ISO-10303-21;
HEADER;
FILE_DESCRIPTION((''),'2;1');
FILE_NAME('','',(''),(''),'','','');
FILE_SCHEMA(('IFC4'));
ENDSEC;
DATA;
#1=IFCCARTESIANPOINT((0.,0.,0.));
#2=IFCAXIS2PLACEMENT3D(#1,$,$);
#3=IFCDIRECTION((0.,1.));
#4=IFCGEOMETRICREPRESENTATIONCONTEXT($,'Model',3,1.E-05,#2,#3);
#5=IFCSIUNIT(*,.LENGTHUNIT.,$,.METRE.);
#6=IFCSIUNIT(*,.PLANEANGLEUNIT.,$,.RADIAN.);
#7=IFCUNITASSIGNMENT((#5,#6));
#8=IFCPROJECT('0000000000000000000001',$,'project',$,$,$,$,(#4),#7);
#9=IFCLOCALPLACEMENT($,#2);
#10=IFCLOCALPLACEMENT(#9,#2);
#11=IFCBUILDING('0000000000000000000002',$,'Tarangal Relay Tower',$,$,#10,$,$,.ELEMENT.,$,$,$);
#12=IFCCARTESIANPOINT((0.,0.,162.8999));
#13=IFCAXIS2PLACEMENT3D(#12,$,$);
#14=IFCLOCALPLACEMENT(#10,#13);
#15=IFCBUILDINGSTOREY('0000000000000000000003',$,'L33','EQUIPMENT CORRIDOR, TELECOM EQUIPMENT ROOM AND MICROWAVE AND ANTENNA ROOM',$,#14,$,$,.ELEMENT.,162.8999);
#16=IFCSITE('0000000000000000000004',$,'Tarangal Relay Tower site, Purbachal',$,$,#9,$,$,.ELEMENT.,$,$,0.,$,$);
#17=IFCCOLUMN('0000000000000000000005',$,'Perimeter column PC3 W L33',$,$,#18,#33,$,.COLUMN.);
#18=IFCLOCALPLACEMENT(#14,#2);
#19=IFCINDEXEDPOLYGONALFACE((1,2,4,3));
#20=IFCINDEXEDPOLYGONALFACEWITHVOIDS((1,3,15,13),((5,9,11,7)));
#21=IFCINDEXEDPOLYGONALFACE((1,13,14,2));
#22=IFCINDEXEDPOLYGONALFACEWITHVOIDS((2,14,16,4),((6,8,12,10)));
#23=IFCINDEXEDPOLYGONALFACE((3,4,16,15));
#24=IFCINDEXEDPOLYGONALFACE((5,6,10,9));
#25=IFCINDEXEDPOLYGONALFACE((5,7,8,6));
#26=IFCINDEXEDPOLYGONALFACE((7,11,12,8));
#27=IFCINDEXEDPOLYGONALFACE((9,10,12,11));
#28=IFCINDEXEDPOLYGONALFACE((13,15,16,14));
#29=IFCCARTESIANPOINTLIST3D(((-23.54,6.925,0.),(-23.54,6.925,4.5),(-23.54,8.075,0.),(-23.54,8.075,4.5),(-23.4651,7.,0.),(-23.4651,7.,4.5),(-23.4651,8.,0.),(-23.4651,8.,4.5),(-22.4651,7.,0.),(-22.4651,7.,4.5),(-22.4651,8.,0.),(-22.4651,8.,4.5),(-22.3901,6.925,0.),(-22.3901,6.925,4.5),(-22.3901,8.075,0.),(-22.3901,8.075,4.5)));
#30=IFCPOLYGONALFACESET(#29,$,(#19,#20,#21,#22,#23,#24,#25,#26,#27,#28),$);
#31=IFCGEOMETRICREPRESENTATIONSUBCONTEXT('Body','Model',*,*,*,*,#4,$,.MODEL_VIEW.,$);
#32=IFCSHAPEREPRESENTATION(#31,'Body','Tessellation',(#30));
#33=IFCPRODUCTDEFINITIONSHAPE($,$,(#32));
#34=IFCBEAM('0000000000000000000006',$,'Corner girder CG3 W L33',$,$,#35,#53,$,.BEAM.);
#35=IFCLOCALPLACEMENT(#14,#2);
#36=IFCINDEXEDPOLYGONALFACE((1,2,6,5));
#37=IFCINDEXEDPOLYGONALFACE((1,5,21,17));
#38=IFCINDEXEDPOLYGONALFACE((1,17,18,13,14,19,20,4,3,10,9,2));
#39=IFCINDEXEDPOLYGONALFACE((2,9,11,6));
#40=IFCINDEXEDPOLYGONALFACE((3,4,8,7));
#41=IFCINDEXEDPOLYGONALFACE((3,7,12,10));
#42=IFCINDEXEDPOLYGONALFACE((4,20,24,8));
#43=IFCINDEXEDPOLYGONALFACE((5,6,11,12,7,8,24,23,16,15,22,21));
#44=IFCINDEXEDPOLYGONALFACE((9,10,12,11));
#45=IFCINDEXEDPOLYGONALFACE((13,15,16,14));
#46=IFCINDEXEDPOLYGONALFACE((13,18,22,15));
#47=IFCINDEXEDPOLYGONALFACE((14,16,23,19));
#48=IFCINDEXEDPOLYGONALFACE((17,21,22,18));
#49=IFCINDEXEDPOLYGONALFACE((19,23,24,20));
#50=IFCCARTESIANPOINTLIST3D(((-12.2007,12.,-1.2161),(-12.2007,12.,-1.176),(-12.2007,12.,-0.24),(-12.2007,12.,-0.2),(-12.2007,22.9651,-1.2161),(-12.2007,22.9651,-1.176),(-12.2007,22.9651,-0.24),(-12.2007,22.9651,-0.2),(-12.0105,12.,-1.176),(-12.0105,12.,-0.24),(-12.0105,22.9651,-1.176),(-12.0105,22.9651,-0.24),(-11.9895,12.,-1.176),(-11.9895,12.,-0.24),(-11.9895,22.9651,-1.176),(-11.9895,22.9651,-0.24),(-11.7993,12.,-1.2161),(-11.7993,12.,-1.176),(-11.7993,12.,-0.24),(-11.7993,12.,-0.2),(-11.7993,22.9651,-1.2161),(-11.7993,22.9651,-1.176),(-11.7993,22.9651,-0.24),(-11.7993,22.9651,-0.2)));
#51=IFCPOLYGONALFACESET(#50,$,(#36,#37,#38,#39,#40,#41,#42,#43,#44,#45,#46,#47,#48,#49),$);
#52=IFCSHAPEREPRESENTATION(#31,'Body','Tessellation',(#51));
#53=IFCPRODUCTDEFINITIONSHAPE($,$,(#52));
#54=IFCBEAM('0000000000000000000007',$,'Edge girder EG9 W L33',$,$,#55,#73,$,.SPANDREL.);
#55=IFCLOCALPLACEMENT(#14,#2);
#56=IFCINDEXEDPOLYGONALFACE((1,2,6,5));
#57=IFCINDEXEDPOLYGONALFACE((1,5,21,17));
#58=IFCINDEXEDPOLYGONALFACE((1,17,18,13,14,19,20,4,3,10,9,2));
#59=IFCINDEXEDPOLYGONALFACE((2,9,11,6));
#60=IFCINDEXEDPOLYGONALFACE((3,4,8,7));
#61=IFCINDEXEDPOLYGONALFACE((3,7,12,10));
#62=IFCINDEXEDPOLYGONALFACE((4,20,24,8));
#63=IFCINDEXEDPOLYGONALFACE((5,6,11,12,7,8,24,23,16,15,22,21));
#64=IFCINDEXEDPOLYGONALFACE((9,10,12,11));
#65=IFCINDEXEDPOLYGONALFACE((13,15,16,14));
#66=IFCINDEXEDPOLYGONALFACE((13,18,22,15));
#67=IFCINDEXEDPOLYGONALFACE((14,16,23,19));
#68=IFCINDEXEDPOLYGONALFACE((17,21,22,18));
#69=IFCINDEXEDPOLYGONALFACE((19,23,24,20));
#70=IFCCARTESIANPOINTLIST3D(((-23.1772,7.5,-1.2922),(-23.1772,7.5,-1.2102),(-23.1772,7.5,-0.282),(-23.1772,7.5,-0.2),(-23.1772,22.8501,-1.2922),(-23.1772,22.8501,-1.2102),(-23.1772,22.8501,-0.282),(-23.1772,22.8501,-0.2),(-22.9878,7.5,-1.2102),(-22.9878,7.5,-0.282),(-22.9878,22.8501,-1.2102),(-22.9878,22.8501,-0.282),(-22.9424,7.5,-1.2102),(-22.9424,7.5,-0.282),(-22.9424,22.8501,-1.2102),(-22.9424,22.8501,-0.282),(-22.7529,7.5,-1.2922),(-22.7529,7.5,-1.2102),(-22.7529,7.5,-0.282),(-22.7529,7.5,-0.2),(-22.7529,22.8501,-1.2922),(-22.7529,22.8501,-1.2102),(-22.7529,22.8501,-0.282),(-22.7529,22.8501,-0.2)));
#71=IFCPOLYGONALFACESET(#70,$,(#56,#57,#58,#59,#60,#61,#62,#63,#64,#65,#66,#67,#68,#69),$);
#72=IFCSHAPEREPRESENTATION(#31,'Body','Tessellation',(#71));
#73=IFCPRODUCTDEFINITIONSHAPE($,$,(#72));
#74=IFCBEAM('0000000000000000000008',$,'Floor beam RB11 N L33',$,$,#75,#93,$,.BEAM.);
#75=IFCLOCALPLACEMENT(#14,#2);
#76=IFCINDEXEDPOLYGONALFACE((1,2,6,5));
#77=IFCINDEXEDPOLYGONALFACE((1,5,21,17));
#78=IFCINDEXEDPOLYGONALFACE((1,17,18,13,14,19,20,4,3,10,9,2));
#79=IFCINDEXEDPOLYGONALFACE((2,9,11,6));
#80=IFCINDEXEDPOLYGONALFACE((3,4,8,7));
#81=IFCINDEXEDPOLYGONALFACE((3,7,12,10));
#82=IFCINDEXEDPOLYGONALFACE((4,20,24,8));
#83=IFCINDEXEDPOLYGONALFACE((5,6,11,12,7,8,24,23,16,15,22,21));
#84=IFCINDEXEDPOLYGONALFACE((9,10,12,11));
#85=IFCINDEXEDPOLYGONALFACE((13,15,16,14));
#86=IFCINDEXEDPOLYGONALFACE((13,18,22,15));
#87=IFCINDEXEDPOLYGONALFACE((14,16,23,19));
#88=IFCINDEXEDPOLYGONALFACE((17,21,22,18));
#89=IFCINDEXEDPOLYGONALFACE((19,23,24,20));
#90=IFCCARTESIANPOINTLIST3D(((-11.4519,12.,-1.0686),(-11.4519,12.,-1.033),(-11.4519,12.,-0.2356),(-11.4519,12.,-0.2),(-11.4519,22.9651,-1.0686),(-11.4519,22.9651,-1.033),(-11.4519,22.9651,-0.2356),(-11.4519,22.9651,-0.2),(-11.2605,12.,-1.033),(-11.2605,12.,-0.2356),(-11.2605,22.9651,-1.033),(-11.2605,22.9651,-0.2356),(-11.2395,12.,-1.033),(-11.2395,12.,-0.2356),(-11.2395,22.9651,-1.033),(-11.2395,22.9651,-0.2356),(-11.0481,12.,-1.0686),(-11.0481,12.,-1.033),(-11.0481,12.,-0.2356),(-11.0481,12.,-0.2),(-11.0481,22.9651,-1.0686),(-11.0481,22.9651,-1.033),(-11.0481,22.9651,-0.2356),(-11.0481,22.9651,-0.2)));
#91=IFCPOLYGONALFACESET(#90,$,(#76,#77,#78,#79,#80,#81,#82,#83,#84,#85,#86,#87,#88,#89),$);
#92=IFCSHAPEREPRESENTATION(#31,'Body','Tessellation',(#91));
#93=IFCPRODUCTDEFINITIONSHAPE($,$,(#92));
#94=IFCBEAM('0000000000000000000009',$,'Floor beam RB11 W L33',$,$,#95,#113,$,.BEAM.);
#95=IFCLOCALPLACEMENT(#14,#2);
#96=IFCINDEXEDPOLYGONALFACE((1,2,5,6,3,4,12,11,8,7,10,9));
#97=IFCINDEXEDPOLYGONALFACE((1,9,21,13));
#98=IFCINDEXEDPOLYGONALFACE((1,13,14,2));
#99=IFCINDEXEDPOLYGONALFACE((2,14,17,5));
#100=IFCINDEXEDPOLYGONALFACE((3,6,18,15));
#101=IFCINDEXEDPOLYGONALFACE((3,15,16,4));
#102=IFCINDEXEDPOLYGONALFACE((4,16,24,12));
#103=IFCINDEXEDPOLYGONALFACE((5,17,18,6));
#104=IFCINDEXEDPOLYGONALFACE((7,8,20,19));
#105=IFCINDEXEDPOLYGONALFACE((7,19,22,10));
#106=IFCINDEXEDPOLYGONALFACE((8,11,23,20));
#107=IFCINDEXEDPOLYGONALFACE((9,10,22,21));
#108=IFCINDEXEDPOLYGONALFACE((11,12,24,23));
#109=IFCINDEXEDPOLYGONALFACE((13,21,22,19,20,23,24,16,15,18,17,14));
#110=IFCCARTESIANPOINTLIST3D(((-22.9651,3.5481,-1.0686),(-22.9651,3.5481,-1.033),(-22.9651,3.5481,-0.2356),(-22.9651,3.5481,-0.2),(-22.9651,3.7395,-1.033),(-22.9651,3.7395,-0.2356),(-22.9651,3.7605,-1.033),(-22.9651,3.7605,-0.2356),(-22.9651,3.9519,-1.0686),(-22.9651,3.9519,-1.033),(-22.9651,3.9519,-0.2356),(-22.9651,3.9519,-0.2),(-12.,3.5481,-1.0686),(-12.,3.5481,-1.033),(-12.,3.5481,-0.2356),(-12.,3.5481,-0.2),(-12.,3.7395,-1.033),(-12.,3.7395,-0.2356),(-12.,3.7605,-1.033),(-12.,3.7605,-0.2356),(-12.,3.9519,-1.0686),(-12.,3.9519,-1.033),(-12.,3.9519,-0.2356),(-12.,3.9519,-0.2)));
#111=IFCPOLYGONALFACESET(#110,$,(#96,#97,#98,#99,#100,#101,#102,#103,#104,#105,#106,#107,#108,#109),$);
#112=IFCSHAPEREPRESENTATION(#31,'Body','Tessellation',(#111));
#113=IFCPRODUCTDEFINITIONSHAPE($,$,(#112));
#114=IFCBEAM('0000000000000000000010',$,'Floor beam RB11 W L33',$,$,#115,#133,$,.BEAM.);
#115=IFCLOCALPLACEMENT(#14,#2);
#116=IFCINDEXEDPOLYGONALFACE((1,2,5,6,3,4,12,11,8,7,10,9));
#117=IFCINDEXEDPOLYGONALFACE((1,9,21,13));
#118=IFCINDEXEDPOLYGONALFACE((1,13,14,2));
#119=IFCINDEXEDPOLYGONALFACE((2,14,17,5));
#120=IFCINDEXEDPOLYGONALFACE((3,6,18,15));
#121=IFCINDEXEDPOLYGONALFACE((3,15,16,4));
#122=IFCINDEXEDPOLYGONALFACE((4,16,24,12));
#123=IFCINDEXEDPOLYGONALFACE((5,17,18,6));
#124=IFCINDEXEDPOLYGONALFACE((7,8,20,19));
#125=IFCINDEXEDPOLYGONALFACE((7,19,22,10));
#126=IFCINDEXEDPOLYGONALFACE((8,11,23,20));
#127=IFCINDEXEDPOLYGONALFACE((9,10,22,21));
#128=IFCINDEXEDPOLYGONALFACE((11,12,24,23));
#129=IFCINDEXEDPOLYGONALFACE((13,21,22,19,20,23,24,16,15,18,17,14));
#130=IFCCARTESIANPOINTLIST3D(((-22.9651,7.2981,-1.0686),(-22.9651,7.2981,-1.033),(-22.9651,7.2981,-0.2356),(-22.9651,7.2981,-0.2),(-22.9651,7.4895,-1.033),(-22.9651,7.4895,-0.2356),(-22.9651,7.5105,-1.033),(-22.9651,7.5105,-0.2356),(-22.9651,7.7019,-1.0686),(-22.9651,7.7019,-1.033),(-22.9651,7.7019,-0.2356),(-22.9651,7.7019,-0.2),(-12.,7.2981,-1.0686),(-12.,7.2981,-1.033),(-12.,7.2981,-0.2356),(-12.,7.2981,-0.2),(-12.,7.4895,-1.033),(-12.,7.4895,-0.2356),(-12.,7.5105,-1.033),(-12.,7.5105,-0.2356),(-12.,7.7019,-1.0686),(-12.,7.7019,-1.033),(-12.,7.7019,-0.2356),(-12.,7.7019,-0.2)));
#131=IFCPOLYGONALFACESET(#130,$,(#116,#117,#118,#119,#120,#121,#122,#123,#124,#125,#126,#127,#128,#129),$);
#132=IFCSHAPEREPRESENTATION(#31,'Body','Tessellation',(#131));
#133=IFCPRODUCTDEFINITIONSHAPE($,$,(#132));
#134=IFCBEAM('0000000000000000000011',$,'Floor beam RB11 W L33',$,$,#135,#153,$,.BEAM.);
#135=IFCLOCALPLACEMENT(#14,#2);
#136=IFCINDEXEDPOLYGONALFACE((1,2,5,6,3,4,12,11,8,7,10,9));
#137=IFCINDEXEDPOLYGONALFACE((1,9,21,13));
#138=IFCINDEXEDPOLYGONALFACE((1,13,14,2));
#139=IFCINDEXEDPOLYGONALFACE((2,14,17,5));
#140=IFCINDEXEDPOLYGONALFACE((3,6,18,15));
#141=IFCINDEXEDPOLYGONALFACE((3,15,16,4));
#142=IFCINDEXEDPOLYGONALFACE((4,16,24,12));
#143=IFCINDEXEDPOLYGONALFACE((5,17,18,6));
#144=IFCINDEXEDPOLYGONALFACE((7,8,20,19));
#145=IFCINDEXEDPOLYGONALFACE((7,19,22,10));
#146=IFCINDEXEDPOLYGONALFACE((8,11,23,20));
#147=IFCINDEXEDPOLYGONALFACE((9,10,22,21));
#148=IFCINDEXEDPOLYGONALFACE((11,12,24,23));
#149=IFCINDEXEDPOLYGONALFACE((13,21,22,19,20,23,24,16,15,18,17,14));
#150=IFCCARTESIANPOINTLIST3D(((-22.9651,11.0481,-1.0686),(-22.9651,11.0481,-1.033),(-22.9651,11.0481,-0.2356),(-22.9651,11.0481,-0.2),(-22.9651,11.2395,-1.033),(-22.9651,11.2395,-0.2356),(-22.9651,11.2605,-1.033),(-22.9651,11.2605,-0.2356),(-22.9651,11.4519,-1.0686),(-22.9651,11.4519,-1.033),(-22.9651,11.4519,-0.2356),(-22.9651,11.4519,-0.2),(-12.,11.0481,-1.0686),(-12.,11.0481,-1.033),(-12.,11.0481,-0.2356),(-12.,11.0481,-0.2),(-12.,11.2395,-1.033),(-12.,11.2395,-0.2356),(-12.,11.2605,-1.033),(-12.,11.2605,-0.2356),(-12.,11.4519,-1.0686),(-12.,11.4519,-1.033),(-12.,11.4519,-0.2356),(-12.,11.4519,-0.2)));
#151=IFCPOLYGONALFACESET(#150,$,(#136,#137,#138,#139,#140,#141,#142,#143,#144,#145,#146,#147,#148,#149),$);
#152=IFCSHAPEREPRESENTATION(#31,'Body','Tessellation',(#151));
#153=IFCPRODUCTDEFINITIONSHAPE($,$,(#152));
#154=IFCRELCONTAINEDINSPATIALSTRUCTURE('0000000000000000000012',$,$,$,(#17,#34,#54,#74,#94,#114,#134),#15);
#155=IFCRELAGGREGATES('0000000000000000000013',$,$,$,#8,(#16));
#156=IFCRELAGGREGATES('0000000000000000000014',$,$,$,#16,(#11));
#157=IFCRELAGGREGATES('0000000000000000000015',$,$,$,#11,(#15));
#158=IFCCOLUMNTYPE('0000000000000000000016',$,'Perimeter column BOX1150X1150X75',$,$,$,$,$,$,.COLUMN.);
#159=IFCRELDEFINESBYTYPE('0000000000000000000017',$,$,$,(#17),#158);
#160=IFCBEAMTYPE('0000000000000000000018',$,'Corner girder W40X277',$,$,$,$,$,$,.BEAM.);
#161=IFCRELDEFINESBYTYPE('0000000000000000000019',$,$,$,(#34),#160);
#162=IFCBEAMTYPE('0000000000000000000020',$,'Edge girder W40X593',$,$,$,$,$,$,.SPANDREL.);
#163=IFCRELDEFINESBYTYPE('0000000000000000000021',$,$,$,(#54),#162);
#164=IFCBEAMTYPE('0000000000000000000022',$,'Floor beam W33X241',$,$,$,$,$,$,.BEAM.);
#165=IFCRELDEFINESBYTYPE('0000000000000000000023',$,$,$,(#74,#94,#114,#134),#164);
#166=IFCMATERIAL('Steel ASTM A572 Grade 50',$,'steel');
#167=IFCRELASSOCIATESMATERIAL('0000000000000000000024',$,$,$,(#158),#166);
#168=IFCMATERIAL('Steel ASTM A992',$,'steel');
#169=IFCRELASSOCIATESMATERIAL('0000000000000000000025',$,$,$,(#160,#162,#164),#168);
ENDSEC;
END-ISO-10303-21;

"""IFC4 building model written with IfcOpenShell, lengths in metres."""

from ifc_helpers import new_model, si_unit, direction, frame, origin, origin_2d, place, context, subcontext, project, spatial, hollow_rectangle, i_section, extrude, material, material_profile, profile_set, type_object, element, save


model = new_model("IFC4")

# Units and contexts
model_context = context("Model", 3, precision=1e-05, world=origin(), true_north=direction((0.0, 1.0)))
body_context = subcontext(model_context, "Body", "Model", "MODEL_VIEW")
ifc_project = project(units=[si_unit("LENGTHUNIT", "METRE"), si_unit("PLANEANGLEUNIT", "RADIAN")], contexts=[model_context])

# Site, building, storey
site_placement = place(None, origin())
site = spatial("IfcSite", under=ifc_project, at=site_placement, Name="Tarangal Relay Tower site, Purbachal", CompositionType="ELEMENT", RefElevation=0.0)
building_placement = place(site_placement, origin())
building = spatial("IfcBuilding", under=site, at=building_placement, Name="Tarangal Relay Tower", CompositionType="ELEMENT")
storey_placement = place(building_placement, frame((0.0, 0.0, 162.8999)))
storey = spatial("IfcBuildingStorey", under=building, at=storey_placement, Name="L33", Description="EQUIPMENT CORRIDOR, TELECOM EQUIPMENT ROOM AND MICROWAVE AND ANTENNA ROOM", CompositionType="ELEMENT", Elevation=162.8999)

# Column
ifc_material_1 = material(Name="Steel ASTM A572 Grade 50", Category="steel")
ifc_material_profile_1 = material_profile(ifc_material_1, hollow_rectangle(XDim=1.1499, YDim=1.1499, WallThickness=0.075, at=origin_2d()), Name="BOX1150X1150X75")
ifc_profile_set_1 = profile_set([ifc_material_profile_1], Name="Steel ASTM A572 Grade 50")
column_type = type_object("IfcColumnType", Name="Perimeter column BOX1150X1150X75", PredefinedType="COLUMN", material=ifc_profile_set_1)
column_placement = place(storey_placement, frame((-22.9651, 7.5, 0.0), z_axis=(0.0, 0.0, 1.0), x_axis=(1.0, 0.0, 0.0)))
element("IfcColumn", 1, at=column_placement, inside=storey, type_object=column_type, Name="Perimeter column PC3 W L33", PredefinedType="COLUMN", context=body_context, shape_type="SweptSolid", body=[
    extrude(hollow_rectangle(XDim=1.1499, YDim=1.1499, WallThickness=0.075, at=origin_2d()), origin(), (0.0, 0.0, 1.0), 4.5),
])

# Beams
ifc_material_2 = material(Name="Steel ASTM A992", Category="steel")
ifc_material_profile_2 = material_profile(ifc_material_2, i_section(OverallWidth=0.4014, OverallDepth=1.0161, WebThickness=0.021, FlangeThickness=0.04, at=origin_2d()), Name="W40X277")
ifc_profile_set_2 = profile_set([ifc_material_profile_2], Name="Steel ASTM A992")
beam_type_1 = type_object("IfcBeamType", Name="Corner girder W40X277", PredefinedType="BEAM", material=ifc_profile_set_2)
beam_1_placement = place(storey_placement, frame((-12.0, 12.0, -0.708), z_axis=(0.0, 1.0, 0.0), x_axis=(-1.0, 0.0, 0.0)))
element("IfcBeam", 2, at=beam_1_placement, inside=storey, type_object=beam_type_1, Name="Corner girder CG3 W L33", PredefinedType="BEAM", context=body_context, shape_type="SweptSolid", body=[
    extrude(i_section(OverallWidth=0.4014, OverallDepth=1.0161, WebThickness=0.021, FlangeThickness=0.04, at=origin_2d()), origin(), (0.0, 0.0, 1.0), 10.9651),
])
ifc_material_profile_3 = material_profile(ifc_material_2, i_section(OverallWidth=0.4243, OverallDepth=1.0923, WebThickness=0.0454, FlangeThickness=0.082, at=origin_2d()), Name="W40X593")
ifc_profile_set_3 = profile_set([ifc_material_profile_3], Name="Steel ASTM A992")
beam_type_2 = type_object("IfcBeamType", Name="Edge girder W40X593", PredefinedType="SPANDREL", material=ifc_profile_set_3)
beam_2_placement = place(storey_placement, frame((-22.9651, 7.5, -0.7461), z_axis=(0.0, 1.0, 0.0), x_axis=(-1.0, 0.0, 0.0)))
element("IfcBeam", 3, at=beam_2_placement, inside=storey, type_object=beam_type_2, Name="Edge girder EG9 W L33", PredefinedType="SPANDREL", context=body_context, shape_type="SweptSolid", body=[
    extrude(i_section(OverallWidth=0.4243, OverallDepth=1.0923, WebThickness=0.0454, FlangeThickness=0.082, at=origin_2d()), origin(), (0.0, 0.0, 1.0), 15.3501),
])
ifc_material_profile_4 = material_profile(ifc_material_2, i_section(OverallWidth=0.4038, OverallDepth=0.8687, WebThickness=0.021, FlangeThickness=0.0356, at=origin_2d()), Name="W33X241")
ifc_profile_set_4 = profile_set([ifc_material_profile_4], Name="Steel ASTM A992")
beam_type_3 = type_object("IfcBeamType", Name="Floor beam W33X241", PredefinedType="BEAM", material=ifc_profile_set_4)
for number, where, z_axis, x_axis, name in (
    (4, (-11.25, 12.0, -0.6343), (0.0, 1.0, 0.0), (-1.0, 0.0, 0.0), "Floor beam RB11 N L33"),
    (5, (-12.0, 3.75, -0.6343), (-1.0, 0.0, 0.0), (0.0, -1.0, 0.0), "Floor beam RB11 W L33"),
    (6, (-12.0, 7.5, -0.6343), (-1.0, 0.0, 0.0), (0.0, -1.0, 0.0), "Floor beam RB11 W L33"),
    (7, (-12.0, 11.25, -0.6343), (-1.0, 0.0, 0.0), (0.0, -1.0, 0.0), "Floor beam RB11 W L33"),
):
    element("IfcBeam", number, at=place(storey_placement, frame(where, z_axis=z_axis, x_axis=x_axis)), inside=storey, type_object=beam_type_3, Name=name, PredefinedType="BEAM", context=body_context, shape_type="SweptSolid", body=[
        extrude(i_section(OverallWidth=0.4038, OverallDepth=0.8687, WebThickness=0.021, FlangeThickness=0.0356, at=origin_2d()), origin(), (0.0, 0.0, 1.0), 10.9651),
    ])

save(model, "model.ifc")
